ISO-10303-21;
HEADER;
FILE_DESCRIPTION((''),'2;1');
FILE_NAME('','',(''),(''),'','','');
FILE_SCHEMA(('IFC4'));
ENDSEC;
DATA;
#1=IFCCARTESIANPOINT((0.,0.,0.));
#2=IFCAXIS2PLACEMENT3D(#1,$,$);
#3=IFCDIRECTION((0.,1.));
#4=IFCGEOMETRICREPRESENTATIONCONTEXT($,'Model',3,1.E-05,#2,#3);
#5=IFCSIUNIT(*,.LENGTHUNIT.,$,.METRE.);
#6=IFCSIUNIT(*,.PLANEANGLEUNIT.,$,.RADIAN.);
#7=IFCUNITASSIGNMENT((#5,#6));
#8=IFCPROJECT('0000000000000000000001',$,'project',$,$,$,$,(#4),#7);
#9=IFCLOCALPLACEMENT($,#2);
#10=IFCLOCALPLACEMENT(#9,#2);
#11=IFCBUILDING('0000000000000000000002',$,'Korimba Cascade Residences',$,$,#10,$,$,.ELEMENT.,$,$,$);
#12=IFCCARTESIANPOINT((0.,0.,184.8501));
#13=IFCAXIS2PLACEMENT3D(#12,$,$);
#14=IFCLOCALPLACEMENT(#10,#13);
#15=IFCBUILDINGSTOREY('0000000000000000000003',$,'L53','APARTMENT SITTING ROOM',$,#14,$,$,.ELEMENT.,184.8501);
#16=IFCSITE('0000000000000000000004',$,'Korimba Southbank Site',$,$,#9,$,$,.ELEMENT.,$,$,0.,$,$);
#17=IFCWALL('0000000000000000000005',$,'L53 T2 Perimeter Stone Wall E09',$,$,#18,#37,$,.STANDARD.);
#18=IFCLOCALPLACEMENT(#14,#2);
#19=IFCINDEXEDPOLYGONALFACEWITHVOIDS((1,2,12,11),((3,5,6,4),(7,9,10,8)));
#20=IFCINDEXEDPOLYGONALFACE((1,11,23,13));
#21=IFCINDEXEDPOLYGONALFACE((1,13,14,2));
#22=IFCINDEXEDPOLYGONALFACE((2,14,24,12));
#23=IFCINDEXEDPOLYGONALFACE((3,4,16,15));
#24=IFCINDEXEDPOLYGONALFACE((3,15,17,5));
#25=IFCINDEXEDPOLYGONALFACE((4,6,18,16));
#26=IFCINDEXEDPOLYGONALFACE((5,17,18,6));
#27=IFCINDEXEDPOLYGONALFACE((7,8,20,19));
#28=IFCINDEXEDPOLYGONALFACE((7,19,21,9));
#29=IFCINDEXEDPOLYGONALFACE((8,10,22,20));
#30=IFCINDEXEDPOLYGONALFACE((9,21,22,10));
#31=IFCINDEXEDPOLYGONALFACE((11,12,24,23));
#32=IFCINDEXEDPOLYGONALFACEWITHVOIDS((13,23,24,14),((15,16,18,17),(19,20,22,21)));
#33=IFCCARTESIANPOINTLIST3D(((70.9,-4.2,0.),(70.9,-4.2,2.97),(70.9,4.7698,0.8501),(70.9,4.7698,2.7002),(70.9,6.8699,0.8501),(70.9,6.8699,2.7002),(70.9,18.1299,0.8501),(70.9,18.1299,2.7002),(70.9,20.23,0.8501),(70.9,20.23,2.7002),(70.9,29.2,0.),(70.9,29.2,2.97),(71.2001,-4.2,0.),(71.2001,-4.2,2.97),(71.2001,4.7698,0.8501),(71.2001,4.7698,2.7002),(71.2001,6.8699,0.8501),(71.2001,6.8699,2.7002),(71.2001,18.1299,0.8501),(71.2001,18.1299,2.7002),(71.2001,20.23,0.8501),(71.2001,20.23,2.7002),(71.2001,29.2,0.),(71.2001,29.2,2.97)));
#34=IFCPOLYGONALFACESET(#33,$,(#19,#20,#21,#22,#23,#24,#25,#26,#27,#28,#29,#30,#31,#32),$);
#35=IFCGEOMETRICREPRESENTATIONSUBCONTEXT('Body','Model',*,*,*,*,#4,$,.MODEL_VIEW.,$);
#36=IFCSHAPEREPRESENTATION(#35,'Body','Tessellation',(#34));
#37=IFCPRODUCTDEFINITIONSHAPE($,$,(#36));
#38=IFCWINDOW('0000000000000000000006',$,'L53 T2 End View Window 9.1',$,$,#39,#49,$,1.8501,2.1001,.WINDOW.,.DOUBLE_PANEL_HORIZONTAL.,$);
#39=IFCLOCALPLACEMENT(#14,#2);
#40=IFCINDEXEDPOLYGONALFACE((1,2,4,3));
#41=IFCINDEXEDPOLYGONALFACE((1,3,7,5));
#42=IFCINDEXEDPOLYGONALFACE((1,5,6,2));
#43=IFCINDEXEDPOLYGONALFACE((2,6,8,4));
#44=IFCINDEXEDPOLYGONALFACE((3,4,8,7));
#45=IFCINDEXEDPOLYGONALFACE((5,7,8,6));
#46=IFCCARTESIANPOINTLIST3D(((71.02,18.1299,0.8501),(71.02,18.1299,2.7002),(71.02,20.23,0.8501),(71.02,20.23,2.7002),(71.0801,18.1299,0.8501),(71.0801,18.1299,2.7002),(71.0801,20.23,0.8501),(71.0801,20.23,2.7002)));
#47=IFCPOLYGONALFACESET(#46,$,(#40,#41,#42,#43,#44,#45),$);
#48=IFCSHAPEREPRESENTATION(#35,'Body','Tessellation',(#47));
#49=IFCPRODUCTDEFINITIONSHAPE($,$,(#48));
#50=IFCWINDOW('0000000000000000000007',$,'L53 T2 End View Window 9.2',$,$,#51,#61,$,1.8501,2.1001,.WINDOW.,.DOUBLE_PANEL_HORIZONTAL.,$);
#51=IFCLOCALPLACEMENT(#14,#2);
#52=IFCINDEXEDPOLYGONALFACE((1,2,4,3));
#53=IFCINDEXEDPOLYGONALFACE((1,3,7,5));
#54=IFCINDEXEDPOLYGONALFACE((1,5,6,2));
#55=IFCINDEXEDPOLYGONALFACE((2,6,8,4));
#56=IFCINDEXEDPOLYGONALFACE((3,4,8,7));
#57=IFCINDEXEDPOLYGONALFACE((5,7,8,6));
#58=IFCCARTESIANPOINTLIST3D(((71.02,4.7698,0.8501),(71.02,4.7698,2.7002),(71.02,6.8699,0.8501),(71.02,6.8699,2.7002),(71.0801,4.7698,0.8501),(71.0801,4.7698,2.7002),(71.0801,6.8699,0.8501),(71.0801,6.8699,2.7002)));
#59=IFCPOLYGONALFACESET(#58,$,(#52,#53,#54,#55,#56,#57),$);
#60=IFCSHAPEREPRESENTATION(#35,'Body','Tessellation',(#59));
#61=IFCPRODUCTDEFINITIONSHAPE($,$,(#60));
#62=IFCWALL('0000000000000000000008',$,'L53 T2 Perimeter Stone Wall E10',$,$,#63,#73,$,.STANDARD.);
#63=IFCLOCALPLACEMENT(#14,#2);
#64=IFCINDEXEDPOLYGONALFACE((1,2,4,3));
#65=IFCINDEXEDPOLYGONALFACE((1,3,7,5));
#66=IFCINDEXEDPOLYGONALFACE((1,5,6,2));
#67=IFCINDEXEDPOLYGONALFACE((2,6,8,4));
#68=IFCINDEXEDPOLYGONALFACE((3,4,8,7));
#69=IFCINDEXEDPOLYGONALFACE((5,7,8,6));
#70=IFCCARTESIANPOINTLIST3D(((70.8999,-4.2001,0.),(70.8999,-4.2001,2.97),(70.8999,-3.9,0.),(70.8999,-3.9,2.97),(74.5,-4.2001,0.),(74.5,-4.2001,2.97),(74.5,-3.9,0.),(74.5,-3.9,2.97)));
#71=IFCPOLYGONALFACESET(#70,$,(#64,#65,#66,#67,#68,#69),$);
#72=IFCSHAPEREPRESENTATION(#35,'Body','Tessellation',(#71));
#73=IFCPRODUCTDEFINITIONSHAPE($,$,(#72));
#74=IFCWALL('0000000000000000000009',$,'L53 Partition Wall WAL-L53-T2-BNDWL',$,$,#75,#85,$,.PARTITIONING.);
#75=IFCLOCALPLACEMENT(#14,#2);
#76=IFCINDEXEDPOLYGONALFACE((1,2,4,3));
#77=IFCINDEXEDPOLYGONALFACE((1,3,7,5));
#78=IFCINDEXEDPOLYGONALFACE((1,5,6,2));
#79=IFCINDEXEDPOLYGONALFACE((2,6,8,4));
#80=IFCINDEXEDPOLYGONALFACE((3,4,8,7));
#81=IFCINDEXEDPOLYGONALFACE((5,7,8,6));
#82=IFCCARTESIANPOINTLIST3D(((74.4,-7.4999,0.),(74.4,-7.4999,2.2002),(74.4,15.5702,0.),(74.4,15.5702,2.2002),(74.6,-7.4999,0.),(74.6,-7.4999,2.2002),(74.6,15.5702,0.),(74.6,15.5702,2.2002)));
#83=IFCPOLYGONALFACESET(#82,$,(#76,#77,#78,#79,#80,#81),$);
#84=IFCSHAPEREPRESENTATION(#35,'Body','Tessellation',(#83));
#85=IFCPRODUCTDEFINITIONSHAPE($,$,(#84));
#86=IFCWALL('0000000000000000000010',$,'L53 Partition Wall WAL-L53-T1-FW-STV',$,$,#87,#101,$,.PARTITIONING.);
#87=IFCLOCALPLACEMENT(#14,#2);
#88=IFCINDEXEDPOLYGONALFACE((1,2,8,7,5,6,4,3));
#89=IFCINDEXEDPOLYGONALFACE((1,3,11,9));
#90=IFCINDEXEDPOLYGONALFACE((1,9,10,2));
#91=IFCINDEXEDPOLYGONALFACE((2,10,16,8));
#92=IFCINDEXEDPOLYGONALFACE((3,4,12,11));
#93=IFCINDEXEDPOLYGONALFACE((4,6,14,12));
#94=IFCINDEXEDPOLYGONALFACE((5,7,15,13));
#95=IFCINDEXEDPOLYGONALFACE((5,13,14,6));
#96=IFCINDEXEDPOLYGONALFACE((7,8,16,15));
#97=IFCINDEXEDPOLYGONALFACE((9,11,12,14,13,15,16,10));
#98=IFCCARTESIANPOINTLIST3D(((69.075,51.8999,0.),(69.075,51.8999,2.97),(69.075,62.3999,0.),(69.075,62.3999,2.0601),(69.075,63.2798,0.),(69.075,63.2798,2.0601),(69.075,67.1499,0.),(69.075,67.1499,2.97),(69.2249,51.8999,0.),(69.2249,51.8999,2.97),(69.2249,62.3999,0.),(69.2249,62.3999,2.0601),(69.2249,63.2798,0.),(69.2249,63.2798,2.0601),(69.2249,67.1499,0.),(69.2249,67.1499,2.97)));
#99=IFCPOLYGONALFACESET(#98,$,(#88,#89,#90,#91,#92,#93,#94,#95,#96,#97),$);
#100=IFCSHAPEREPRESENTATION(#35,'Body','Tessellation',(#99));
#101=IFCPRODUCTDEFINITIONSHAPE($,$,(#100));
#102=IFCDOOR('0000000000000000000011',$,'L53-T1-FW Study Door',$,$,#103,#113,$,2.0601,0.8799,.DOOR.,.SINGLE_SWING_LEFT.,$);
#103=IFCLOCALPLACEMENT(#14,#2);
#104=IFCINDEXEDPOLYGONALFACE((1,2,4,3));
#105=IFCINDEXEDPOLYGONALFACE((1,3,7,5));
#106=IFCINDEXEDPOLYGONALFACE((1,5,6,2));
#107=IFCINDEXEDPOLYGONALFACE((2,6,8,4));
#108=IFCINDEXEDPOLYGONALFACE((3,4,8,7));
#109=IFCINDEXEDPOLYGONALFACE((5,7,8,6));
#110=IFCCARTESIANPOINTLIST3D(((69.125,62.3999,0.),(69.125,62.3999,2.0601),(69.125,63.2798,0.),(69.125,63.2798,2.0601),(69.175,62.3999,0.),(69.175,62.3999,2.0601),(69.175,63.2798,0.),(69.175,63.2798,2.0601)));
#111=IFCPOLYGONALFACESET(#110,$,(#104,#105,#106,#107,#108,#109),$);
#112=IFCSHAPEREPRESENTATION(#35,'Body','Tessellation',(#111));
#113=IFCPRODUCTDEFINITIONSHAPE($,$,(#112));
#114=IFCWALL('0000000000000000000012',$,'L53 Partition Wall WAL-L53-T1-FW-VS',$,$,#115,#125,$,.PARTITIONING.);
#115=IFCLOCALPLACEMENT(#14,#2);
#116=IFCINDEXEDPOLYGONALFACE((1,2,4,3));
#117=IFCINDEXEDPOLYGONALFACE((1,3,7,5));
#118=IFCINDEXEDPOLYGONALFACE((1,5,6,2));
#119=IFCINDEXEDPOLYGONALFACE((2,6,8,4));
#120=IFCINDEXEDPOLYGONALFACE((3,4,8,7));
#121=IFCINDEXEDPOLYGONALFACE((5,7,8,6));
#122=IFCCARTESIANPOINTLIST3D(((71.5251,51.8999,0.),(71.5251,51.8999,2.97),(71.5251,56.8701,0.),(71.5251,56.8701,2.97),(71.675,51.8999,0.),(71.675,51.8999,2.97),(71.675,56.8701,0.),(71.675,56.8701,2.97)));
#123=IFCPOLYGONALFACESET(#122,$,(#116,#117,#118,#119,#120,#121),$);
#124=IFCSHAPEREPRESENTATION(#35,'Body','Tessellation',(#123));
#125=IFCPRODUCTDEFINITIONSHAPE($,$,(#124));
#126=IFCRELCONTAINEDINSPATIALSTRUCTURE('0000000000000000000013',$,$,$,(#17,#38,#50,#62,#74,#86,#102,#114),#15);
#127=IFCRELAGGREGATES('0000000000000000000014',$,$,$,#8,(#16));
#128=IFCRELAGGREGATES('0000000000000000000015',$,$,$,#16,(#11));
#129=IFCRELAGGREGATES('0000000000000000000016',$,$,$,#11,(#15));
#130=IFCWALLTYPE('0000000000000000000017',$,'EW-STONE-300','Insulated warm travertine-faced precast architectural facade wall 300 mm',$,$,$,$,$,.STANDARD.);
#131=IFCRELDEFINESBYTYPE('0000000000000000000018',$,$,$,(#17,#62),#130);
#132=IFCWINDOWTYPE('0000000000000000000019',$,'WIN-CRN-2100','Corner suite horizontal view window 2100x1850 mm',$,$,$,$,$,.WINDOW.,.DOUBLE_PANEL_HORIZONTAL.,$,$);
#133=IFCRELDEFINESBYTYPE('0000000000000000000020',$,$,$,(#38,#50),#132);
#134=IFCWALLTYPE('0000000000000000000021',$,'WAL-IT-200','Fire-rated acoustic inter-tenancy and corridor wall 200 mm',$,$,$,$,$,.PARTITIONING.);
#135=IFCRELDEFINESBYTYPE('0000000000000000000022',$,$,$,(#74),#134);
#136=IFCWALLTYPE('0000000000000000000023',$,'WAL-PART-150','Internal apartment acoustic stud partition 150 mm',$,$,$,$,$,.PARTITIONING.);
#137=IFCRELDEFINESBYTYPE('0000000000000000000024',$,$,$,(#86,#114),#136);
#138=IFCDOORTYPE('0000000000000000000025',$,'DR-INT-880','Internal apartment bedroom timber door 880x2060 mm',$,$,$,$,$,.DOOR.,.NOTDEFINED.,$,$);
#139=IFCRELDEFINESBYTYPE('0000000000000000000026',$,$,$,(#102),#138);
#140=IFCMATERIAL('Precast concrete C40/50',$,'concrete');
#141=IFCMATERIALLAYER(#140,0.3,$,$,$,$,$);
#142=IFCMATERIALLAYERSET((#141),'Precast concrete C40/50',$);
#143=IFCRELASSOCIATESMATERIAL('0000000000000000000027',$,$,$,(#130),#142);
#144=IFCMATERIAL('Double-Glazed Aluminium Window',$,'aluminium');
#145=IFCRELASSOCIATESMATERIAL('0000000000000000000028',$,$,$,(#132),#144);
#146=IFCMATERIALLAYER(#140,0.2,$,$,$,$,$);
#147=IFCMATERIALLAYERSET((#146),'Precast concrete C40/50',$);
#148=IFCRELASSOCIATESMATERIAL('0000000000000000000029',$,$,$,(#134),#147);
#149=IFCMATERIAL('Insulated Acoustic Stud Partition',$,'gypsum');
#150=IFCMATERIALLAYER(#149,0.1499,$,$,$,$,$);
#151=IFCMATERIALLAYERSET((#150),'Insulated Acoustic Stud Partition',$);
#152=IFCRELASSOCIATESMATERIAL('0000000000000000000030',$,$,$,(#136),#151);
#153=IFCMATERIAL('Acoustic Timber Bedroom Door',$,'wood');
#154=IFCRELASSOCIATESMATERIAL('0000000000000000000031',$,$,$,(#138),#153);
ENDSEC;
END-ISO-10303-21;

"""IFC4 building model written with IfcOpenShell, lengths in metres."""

from ifc_helpers import new_model, si_unit, direction, frame, frame_2d, origin, place, context, subcontext, project, spatial, rectangle, extrude, material, layer, layer_set, type_object, element, fill, save


model = new_model("IFC4")

# Units and contexts
model_context = context("Model", 3, precision=1e-05, world=origin(), true_north=direction((0.0, 1.0)))
body_context = subcontext(model_context, "Body", "Model", "MODEL_VIEW")
ifc_project = project(units=[si_unit("LENGTHUNIT", "METRE"), si_unit("PLANEANGLEUNIT", "RADIAN")], contexts=[model_context])

# Site, building, storey
site_placement = place(None, origin())
site = spatial("IfcSite", under=ifc_project, at=site_placement, Name="Korimba Southbank Site", CompositionType="ELEMENT", RefElevation=0.0)
building_placement = place(site_placement, origin())
building = spatial("IfcBuilding", under=site, at=building_placement, Name="Korimba Cascade Residences", CompositionType="ELEMENT")
storey_placement = place(building_placement, frame((0.0, 0.0, 184.8501)))
storey = spatial("IfcBuildingStorey", under=building, at=storey_placement, Name="L53", Description="APARTMENT SITTING ROOM", CompositionType="ELEMENT", Elevation=184.8501)

# Shared definitions
ifc_material_1 = material(Name="Precast concrete C40/50", Category="concrete")
ifc_material_2 = material(Name="Double-Glazed Aluminium Window", Category="aluminium")

# Wall, openings, windows
ifc_layer_1 = layer(ifc_material_1, 0.3)
ifc_layer_set_1 = layer_set([ifc_layer_1], Name="Precast concrete C40/50")
wall_type_1 = type_object("IfcWallType", Name="EW-STONE-300", Description="Insulated warm travertine-faced precast architectural facade wall 300 mm", PredefinedType="STANDARD", material=ifc_layer_set_1)
wall_1_placement = place(storey_placement, frame((71.05, 29.2, 0.0), z_axis=(0.0, 0.0, 1.0), x_axis=(0.0, -1.0, 0.0)))
wall_1 = element("IfcWall", 1, at=wall_1_placement, inside=storey, type_object=wall_type_1, Name="L53 T2 Perimeter Stone Wall E09", PredefinedType="STANDARD", context=body_context, shape_type="SweptSolid", body=[
    extrude(rectangle(XDim=33.3999, YDim=0.3, at=frame_2d((16.7, 0.0))), origin(), (0.0, 0.0, 1.0), 2.97),
])
opening_1_placement = place(wall_1_placement, frame((8.97, 0.0, 0.8501)))
opening_1 = element("IfcOpeningElement", 2, at=opening_1_placement, cuts=wall_1, PredefinedType="OPENING", context=body_context, shape_type="SweptSolid", body=[
    extrude(rectangle(XDim=2.1001, YDim=1.8501, at=frame_2d((1.05, 0.925))), frame((0.0, 0.1602, 0.0), z_axis=(0.0, -1.0, 0.0), x_axis=(1.0, 0.0, 0.0)), (0.0, 0.0, 1.0), 0.3201),
])
opening_2_placement = place(wall_1_placement, frame((22.3301, 0.0, 0.8501)))
opening_2 = element("IfcOpeningElement", 3, at=opening_2_placement, cuts=wall_1, PredefinedType="OPENING", context=body_context, shape_type="SweptSolid", body=[
    extrude(rectangle(XDim=2.1001, YDim=1.8501, at=frame_2d((1.05, 0.925))), frame((0.0, 0.1602, 0.0), z_axis=(0.0, -1.0, 0.0), x_axis=(1.0, 0.0, 0.0)), (0.0, 0.0, 1.0), 0.3201),
])
window_type_1 = type_object("IfcWindowType", Name="WIN-CRN-2100", Description="Corner suite horizontal view window 2100x1850 mm", PartitioningType="DOUBLE_PANEL_HORIZONTAL", PredefinedType="WINDOW", material=ifc_material_2)
window_1_placement = place(opening_1_placement, origin())
window_1 = element("IfcWindow", 4, at=window_1_placement, inside=storey, type_object=window_type_1, Name="L53 T2 End View Window 9.1", OverallHeight=1.8501, OverallWidth=2.1001, PartitioningType="DOUBLE_PANEL_HORIZONTAL", PredefinedType="WINDOW", context=body_context, shape_type="SweptSolid", body=[
    extrude(rectangle(XDim=2.1001, YDim=1.8501, at=frame_2d((1.05, 0.925))), frame((0.0, 0.03, 0.0), z_axis=(0.0, -1.0, 0.0), x_axis=(1.0, 0.0, 0.0)), (0.0, 0.0, 1.0), 0.0601),
])
fill(opening_1, window_1)
window_2_placement = place(opening_2_placement, origin())
window_2 = element("IfcWindow", 5, at=window_2_placement, inside=storey, type_object=window_type_1, Name="L53 T2 End View Window 9.2", OverallHeight=1.8501, OverallWidth=2.1001, PartitioningType="DOUBLE_PANEL_HORIZONTAL", PredefinedType="WINDOW", context=body_context, shape_type="SweptSolid", body=[
    extrude(rectangle(XDim=2.1001, YDim=1.8501, at=frame_2d((1.05, 0.925))), frame((0.0, 0.03, 0.0), z_axis=(0.0, -1.0, 0.0), x_axis=(1.0, 0.0, 0.0)), (0.0, 0.0, 1.0), 0.0601),
])
fill(opening_2, window_2)

# Walls
wall_2_placement = place(storey_placement, frame((70.8999, -4.05, 0.0), z_axis=(0.0, 0.0, 1.0), x_axis=(1.0, 0.0, 0.0)))
element("IfcWall", 6, at=wall_2_placement, inside=storey, type_object=wall_type_1, Name="L53 T2 Perimeter Stone Wall E10", PredefinedType="STANDARD", context=body_context, shape_type="SweptSolid", body=[
    extrude(rectangle(XDim=3.6001, YDim=0.3, at=frame_2d((1.8, 0.0))), origin(), (0.0, 0.0, 1.0), 2.97),
])
ifc_layer_2 = layer(ifc_material_1, 0.2)
ifc_layer_set_2 = layer_set([ifc_layer_2], Name="Precast concrete C40/50")
wall_type_2 = type_object("IfcWallType", Name="WAL-IT-200", Description="Fire-rated acoustic inter-tenancy and corridor wall 200 mm", PredefinedType="PARTITIONING", material=ifc_layer_set_2)
wall_3_placement = place(storey_placement, frame((74.5, -7.5, 0.0), z_axis=(0.0, 0.0, 1.0), x_axis=(0.0, 1.0, 0.0)))
element("IfcWall", 7, at=wall_3_placement, inside=storey, type_object=wall_type_2, Name="L53 Partition Wall WAL-L53-T2-BNDWL", PredefinedType="PARTITIONING", context=body_context, shape_type="SweptSolid", body=[
    extrude(rectangle(XDim=23.0701, YDim=0.2, at=frame_2d((11.5352, 0.0))), origin(), (0.0, 0.0, 1.0), 2.2002),
])

# Wall, opening, door
ifc_material_3 = material(Name="Insulated Acoustic Stud Partition", Category="gypsum")
ifc_layer_3 = layer(ifc_material_3, 0.1499)
ifc_layer_set_3 = layer_set([ifc_layer_3], Name="Insulated Acoustic Stud Partition")
wall_type_3 = type_object("IfcWallType", Name="WAL-PART-150", Description="Internal apartment acoustic stud partition 150 mm", PredefinedType="PARTITIONING", material=ifc_layer_set_3)
wall_4_placement = place(storey_placement, frame((69.1499, 51.8999, 0.0), z_axis=(0.0, 0.0, 1.0), x_axis=(0.0, 1.0, 0.0)))
wall_4 = element("IfcWall", 8, at=wall_4_placement, inside=storey, type_object=wall_type_3, Name="L53 Partition Wall WAL-L53-T1-FW-STV", PredefinedType="PARTITIONING", context=body_context, shape_type="SweptSolid", body=[
    extrude(rectangle(XDim=15.25, YDim=0.1499, at=frame_2d((7.625, 0.0))), origin(), (0.0, 0.0, 1.0), 2.97),
])
opening_3_placement = place(wall_4_placement, frame((10.5, 0.0, 0.0)))
opening_3 = element("IfcOpeningElement", 9, at=opening_3_placement, cuts=wall_4, PredefinedType="OPENING", context=body_context, shape_type="SweptSolid", body=[
    extrude(rectangle(XDim=0.8799, YDim=2.0601, at=frame_2d((0.4399, 1.03))), frame((0.0, 0.085, 0.0), z_axis=(0.0, -1.0, 0.0), x_axis=(1.0, 0.0, 0.0)), (0.0, 0.0, 1.0), 0.1699),
])
ifc_material_4 = material(Name="Acoustic Timber Bedroom Door", Category="wood")
door_type_1 = type_object("IfcDoorType", Name="DR-INT-880", Description="Internal apartment bedroom timber door 880x2060 mm", OperationType="NOTDEFINED", PredefinedType="DOOR", material=ifc_material_4)
door_1_placement = place(opening_3_placement, origin())
door_1 = element("IfcDoor", 10, at=door_1_placement, inside=storey, type_object=door_type_1, Name="L53-T1-FW Study Door", OperationType="SINGLE_SWING_LEFT", OverallHeight=2.0601, OverallWidth=0.8799, PredefinedType="DOOR", context=body_context, shape_type="SweptSolid", body=[
    extrude(rectangle(XDim=0.8799, YDim=2.0601, at=frame_2d((0.4399, 1.03))), frame((0.0, 0.0249, 0.0), z_axis=(0.0, -1.0, 0.0), x_axis=(1.0, 0.0, 0.0)), (0.0, 0.0, 1.0), 0.05),
])
fill(opening_3, door_1)

# Wall
wall_5_placement = place(storey_placement, frame((71.6001, 51.8999, 0.0), z_axis=(0.0, 0.0, 1.0), x_axis=(0.0, 1.0, 0.0)))
element("IfcWall", 11, at=wall_5_placement, inside=storey, type_object=wall_type_3, Name="L53 Partition Wall WAL-L53-T1-FW-VS", PredefinedType="PARTITIONING", context=body_context, shape_type="SweptSolid", body=[
    extrude(rectangle(XDim=4.9702, YDim=0.1499, at=frame_2d((2.4851, 0.0))), origin(), (0.0, 0.0, 1.0), 2.97),
])

save(model, "model.ifc")
